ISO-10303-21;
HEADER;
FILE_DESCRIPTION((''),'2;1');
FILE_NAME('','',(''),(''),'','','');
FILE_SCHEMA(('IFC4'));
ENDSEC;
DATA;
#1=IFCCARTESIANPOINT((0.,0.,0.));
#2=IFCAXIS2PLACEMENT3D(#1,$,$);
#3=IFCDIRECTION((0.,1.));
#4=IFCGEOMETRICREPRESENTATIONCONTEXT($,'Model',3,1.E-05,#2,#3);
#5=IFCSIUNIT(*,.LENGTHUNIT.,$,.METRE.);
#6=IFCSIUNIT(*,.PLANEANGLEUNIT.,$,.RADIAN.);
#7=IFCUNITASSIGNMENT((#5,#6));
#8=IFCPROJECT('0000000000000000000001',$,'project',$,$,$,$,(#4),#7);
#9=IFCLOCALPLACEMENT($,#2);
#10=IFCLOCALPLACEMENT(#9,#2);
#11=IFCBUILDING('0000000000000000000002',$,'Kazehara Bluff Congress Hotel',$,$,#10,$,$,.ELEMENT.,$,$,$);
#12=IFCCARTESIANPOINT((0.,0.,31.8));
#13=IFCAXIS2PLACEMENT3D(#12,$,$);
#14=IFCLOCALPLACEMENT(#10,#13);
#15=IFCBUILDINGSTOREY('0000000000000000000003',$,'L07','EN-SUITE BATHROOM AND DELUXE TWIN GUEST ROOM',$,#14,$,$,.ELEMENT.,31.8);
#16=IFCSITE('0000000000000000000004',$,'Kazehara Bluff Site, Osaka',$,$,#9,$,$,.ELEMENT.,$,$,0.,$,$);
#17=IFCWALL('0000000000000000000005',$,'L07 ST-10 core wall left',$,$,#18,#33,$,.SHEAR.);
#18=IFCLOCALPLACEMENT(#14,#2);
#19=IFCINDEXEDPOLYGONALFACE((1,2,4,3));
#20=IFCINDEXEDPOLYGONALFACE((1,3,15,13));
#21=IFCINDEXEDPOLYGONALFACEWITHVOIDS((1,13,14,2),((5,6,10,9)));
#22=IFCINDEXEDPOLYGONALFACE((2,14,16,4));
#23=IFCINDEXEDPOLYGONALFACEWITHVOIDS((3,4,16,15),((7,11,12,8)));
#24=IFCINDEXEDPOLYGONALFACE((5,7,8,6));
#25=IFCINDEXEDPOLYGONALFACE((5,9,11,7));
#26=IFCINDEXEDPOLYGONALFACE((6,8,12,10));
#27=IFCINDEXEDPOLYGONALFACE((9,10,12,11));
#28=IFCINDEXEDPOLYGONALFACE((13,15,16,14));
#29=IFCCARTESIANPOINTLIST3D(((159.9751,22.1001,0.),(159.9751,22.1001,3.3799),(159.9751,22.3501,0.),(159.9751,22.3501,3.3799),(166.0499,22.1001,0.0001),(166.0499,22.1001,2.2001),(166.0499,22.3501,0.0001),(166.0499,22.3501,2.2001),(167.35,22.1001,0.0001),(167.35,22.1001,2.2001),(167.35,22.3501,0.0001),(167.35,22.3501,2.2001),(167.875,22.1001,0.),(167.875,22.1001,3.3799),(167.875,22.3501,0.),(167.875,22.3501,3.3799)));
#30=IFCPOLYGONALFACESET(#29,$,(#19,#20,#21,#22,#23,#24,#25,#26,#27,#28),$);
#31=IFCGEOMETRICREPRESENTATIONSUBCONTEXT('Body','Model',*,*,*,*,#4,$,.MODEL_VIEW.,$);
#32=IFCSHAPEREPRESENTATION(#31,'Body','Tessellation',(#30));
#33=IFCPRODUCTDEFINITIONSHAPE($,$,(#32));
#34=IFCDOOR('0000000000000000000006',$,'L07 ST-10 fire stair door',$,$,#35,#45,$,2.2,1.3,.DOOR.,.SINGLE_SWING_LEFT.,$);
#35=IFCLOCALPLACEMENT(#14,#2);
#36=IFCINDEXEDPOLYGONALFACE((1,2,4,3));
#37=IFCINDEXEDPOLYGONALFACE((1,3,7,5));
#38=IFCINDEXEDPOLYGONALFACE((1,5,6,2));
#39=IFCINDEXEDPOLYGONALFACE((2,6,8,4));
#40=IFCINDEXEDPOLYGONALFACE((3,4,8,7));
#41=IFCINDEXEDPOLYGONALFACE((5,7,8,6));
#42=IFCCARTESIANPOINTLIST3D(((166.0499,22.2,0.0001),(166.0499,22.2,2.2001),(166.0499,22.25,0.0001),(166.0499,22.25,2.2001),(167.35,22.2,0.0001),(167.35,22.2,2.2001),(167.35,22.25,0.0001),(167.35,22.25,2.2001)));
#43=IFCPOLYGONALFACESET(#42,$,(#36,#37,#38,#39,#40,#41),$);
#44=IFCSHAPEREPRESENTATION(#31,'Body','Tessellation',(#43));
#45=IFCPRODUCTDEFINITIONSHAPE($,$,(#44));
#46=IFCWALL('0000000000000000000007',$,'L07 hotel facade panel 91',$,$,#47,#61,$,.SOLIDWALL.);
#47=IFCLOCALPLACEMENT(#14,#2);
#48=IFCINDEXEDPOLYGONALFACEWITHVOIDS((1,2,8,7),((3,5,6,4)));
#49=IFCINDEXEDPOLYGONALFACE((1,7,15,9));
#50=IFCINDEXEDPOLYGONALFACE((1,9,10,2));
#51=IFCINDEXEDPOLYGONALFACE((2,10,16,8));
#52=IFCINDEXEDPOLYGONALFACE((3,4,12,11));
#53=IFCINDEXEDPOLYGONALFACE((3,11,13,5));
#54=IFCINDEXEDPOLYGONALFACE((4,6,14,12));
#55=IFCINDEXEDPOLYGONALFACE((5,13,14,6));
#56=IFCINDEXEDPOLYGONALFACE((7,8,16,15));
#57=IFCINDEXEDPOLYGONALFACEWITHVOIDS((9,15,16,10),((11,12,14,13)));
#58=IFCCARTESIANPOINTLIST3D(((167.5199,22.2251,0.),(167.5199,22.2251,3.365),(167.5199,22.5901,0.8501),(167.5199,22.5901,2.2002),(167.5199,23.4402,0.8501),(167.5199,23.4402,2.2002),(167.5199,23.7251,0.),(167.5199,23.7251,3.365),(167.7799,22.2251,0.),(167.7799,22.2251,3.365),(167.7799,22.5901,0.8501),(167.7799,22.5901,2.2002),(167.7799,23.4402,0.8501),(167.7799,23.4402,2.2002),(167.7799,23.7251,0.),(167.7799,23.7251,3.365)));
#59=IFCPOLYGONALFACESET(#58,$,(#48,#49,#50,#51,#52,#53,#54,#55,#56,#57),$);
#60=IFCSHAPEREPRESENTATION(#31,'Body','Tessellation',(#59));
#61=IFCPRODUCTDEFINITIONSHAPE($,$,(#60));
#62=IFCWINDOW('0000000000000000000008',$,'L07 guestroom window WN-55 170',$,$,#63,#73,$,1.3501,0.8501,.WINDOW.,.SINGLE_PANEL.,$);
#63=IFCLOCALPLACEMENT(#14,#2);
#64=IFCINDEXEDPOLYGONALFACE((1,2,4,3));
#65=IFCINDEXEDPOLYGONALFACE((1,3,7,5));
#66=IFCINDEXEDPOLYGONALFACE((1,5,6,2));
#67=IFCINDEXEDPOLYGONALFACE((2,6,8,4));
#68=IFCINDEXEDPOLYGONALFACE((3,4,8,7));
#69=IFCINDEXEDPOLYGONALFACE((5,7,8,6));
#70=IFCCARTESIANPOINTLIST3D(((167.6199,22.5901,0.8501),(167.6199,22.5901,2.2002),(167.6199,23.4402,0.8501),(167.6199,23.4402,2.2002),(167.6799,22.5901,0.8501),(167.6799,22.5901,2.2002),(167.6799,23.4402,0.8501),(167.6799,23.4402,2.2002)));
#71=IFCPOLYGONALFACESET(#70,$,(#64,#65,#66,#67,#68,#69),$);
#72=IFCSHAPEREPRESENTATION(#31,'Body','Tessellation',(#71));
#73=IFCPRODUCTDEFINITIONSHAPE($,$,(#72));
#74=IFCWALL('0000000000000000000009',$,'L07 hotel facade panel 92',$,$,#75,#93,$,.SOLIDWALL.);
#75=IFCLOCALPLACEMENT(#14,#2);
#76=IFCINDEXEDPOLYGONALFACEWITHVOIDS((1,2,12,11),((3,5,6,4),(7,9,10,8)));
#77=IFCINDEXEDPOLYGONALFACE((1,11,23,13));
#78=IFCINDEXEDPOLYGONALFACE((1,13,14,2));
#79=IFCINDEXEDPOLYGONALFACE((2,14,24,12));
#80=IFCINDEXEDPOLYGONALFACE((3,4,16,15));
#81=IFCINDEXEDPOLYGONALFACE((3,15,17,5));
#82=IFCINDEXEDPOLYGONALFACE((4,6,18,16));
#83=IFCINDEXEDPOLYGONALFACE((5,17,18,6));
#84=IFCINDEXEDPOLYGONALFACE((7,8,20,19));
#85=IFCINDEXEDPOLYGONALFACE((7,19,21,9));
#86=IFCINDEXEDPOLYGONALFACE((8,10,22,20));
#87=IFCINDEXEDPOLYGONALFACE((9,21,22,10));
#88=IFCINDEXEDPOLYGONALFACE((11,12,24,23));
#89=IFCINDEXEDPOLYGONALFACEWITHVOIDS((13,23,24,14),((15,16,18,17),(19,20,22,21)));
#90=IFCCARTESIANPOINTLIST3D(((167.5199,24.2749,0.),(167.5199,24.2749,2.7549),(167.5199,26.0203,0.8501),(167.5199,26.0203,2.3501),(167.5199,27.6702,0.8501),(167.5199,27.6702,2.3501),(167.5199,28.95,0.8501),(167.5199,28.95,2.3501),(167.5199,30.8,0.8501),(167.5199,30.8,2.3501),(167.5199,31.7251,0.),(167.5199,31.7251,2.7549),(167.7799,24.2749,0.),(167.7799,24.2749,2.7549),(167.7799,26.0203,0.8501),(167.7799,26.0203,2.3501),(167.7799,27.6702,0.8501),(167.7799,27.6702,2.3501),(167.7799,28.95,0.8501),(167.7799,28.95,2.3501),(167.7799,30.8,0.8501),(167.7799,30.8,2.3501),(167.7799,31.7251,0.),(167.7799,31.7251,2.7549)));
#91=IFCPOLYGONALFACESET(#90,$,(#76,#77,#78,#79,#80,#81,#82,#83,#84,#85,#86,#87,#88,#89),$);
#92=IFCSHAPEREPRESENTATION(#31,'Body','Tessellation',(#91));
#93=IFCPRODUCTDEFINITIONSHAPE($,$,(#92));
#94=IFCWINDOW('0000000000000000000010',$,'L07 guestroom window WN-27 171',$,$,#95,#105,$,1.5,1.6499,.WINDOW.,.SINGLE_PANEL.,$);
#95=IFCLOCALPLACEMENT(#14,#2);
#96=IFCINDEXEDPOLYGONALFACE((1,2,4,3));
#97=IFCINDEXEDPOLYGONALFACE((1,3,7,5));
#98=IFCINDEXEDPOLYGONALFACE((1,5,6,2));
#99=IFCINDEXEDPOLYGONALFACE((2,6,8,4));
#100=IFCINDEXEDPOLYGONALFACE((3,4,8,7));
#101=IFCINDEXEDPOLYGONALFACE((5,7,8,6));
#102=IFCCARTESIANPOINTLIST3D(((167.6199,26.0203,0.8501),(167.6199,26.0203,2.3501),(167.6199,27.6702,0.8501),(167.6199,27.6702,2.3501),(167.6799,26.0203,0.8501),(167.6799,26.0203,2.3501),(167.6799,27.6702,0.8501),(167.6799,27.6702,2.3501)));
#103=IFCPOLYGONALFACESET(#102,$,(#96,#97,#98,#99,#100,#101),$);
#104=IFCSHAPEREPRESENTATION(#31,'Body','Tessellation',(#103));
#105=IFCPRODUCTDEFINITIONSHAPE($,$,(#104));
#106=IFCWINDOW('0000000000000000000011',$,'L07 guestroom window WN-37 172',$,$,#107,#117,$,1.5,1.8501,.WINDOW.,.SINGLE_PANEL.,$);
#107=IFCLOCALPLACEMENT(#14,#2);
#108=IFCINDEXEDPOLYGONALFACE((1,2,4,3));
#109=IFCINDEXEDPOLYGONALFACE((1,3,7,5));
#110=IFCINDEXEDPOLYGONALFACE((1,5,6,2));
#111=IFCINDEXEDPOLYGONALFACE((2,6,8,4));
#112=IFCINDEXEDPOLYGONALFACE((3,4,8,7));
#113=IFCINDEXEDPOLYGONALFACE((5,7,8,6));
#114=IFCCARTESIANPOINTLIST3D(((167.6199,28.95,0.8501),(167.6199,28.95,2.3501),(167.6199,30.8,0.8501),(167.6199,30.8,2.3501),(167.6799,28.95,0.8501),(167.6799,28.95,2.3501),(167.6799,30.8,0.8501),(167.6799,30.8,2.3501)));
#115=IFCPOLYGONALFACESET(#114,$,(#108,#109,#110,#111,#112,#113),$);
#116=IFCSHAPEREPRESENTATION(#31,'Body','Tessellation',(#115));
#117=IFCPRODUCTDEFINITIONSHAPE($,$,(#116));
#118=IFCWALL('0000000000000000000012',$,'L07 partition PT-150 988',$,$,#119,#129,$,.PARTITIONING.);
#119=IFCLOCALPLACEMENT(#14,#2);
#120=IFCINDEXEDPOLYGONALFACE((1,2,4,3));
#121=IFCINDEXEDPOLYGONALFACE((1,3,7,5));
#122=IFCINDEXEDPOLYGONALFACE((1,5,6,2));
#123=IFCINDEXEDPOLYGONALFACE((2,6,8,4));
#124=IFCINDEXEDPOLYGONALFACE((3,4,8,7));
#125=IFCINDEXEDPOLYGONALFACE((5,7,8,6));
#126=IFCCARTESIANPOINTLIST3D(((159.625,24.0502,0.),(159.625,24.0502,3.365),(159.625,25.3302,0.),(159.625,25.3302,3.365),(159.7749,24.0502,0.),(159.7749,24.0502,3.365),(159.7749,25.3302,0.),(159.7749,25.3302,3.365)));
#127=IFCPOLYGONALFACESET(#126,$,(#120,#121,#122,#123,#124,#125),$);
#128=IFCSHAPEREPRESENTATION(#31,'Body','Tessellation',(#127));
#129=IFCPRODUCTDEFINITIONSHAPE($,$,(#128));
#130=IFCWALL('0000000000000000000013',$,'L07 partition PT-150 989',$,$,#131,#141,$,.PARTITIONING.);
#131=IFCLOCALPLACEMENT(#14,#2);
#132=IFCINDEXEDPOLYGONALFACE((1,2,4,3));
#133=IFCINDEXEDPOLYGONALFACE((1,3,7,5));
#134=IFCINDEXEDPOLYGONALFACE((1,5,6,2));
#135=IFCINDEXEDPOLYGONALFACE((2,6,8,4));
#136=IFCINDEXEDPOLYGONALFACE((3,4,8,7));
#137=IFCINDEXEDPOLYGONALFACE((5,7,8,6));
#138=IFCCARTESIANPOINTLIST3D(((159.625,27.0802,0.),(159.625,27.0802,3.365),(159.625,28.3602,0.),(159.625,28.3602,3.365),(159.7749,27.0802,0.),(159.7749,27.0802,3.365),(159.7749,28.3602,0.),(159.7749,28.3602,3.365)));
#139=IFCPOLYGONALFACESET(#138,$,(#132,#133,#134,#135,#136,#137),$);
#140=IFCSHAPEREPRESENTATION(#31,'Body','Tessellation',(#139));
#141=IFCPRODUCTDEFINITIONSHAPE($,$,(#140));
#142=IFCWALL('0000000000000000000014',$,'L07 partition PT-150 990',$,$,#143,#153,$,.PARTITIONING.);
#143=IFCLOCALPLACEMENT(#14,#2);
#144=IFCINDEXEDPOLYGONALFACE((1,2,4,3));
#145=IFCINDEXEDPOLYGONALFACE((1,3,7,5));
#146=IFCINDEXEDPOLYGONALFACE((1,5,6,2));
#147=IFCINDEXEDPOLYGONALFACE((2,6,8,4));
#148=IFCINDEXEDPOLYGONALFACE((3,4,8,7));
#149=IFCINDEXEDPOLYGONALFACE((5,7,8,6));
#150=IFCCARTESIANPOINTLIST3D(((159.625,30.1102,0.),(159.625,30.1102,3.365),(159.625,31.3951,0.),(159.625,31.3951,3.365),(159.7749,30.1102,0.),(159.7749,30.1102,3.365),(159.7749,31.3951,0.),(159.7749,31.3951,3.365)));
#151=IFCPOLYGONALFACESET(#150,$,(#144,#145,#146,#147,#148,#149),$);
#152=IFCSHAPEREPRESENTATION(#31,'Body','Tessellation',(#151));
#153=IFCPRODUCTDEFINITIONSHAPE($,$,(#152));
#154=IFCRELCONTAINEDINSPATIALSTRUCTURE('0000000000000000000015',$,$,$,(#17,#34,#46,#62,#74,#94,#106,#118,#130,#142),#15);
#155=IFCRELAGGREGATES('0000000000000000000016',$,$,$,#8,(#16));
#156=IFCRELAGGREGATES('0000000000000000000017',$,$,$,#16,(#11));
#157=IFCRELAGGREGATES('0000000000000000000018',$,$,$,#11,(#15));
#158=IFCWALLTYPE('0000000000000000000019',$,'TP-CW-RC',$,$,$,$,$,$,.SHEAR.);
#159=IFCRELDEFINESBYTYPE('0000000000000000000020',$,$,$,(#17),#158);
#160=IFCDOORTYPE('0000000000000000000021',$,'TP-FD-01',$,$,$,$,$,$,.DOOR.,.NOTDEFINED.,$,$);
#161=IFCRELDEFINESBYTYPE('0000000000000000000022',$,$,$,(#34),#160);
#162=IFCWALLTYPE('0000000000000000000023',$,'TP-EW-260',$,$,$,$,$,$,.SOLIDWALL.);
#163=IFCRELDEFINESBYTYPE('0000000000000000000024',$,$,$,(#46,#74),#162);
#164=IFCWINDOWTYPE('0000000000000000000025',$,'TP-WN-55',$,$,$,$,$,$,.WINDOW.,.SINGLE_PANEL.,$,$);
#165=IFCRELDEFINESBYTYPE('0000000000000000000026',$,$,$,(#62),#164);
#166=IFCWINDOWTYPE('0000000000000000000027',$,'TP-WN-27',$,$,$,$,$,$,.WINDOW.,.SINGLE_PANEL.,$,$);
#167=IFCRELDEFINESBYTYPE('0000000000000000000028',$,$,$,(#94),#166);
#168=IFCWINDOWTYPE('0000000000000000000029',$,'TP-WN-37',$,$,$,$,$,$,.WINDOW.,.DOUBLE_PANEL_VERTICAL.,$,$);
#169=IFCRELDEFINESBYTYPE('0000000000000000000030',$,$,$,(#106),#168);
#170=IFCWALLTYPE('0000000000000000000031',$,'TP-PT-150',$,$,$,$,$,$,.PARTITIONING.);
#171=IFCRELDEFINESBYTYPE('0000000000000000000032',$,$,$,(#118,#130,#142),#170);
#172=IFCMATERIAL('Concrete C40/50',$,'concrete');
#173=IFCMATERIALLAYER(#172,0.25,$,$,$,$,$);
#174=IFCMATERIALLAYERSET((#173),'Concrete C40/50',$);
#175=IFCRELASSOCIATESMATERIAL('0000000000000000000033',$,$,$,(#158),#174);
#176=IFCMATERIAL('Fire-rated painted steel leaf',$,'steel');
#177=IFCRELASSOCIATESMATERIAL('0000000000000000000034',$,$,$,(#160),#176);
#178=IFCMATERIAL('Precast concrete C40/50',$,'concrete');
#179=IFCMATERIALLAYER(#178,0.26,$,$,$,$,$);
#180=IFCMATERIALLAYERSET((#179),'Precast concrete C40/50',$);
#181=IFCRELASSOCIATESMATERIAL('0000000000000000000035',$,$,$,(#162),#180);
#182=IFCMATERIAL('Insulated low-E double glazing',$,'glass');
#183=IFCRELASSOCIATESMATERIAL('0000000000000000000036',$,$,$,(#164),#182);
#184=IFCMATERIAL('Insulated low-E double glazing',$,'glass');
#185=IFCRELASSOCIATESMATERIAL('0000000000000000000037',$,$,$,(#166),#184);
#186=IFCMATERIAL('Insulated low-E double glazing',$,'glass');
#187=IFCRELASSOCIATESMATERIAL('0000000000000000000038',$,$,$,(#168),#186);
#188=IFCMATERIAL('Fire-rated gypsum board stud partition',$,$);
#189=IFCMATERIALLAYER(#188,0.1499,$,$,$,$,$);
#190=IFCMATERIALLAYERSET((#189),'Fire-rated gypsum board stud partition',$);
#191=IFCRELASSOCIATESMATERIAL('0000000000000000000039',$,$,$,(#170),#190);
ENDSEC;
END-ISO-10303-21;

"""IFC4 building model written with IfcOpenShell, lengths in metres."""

from ifc_helpers import new_model, si_unit, direction, frame, frame_2d, origin, place, context, subcontext, project, spatial, rectangle, extrude, material, layer, layer_set, type_object, element, fill, save


model = new_model("IFC4")

# Units and contexts
model_context = context("Model", 3, precision=1e-05, world=origin(), true_north=direction((0.0, 1.0)))
body_context = subcontext(model_context, "Body", "Model", "MODEL_VIEW")
ifc_project = project(units=[si_unit("LENGTHUNIT", "METRE"), si_unit("PLANEANGLEUNIT", "RADIAN")], contexts=[model_context])

# Site, building, storey
site_placement = place(None, origin())
site = spatial("IfcSite", under=ifc_project, at=site_placement, Name="Kazehara Bluff Site, Osaka", CompositionType="ELEMENT", RefElevation=0.0)
building_placement = place(site_placement, origin())
building = spatial("IfcBuilding", under=site, at=building_placement, Name="Kazehara Bluff Congress Hotel", CompositionType="ELEMENT")
storey_placement = place(building_placement, frame((0.0, 0.0, 31.8)))
storey = spatial("IfcBuildingStorey", under=building, at=storey_placement, Name="L07", Description="EN-SUITE BATHROOM AND DELUXE TWIN GUEST ROOM", CompositionType="ELEMENT", Elevation=31.8)

# Shared definitions
ifc_material_1 = material(Name="Concrete C40/50", Category="concrete")
ifc_layer_1 = layer(ifc_material_1, 0.25)
ifc_layer_set_1 = layer_set([ifc_layer_1], Name="Concrete C40/50")
wall_type_1 = type_object("IfcWallType", Name="TP-CW-RC", PredefinedType="SHEAR", material=ifc_layer_set_1)

# Wall, opening, door
wall_1_placement = place(storey_placement, frame((159.9751, 22.2251, 0.0), z_axis=(0.0, 0.0, 1.0), x_axis=(1.0, 0.0, 0.0)))
wall_1 = element("IfcWall", 1, at=wall_1_placement, inside=storey, type_object=wall_type_1, Name="L07 ST-10 core wall left", PredefinedType="SHEAR", context=body_context, shape_type="SweptSolid", body=[
    extrude(rectangle(XDim=7.8999, YDim=0.25, at=frame_2d((3.95, 0.0))), origin(), (0.0, 0.0, 1.0), 3.3799),
])
opening_1_placement = place(wall_1_placement, frame((6.075, 0.0, 0.0)))
opening_1 = element("IfcOpeningElement", 2, at=opening_1_placement, cuts=wall_1, PredefinedType="OPENING", context=body_context, shape_type="SweptSolid", body=[
    extrude(rectangle(XDim=1.3, YDim=2.2, at=frame_2d((0.6499, 1.1001))), frame((0.0, 0.135, 0.0), z_axis=(0.0, -1.0, 0.0), x_axis=(1.0, 0.0, 0.0)), (0.0, 0.0, 1.0), 0.27),
])
ifc_material_2 = material(Name="Fire-rated painted steel leaf", Category="steel")
door_type = type_object("IfcDoorType", Name="TP-FD-01", OperationType="NOTDEFINED", PredefinedType="DOOR", material=ifc_material_2)
door_placement = place(opening_1_placement, origin())
door = element("IfcDoor", 3, at=door_placement, inside=storey, type_object=door_type, Name="L07 ST-10 fire stair door", OperationType="SINGLE_SWING_LEFT", OverallHeight=2.2, OverallWidth=1.3, PredefinedType="DOOR", context=body_context, shape_type="SweptSolid", body=[
    extrude(rectangle(XDim=1.3, YDim=2.2, at=frame_2d((0.6499, 1.1001))), frame((0.0, 0.0249, 0.0), z_axis=(0.0, -1.0, 0.0), x_axis=(1.0, 0.0, 0.0)), (0.0, 0.0, 1.0), 0.05),
])
fill(opening_1, door)

# Wall, opening, window
ifc_material_3 = material(Name="Precast concrete C40/50", Category="concrete")
ifc_layer_2 = layer(ifc_material_3, 0.26)
ifc_layer_set_2 = layer_set([ifc_layer_2], Name="Precast concrete C40/50")
wall_type_2 = type_object("IfcWallType", Name="TP-EW-260", PredefinedType="SOLIDWALL", material=ifc_layer_set_2)
wall_2_placement = place(storey_placement, frame((167.6499, 23.7251, 0.0), z_axis=(0.0, 0.0, 1.0), x_axis=(0.0, -1.0, 0.0)))
wall_2 = element("IfcWall", 4, at=wall_2_placement, inside=storey, type_object=wall_type_2, Name="L07 hotel facade panel 91", PredefinedType="SOLIDWALL", context=body_context, shape_type="SweptSolid", body=[
    extrude(rectangle(XDim=1.5, YDim=0.26, at=frame_2d((0.75, 0.0))), origin(), (0.0, 0.0, 1.0), 3.365),
])
opening_2_placement = place(wall_2_placement, frame((0.2849, 0.0, 0.8501)))
opening_2 = element("IfcOpeningElement", 5, at=opening_2_placement, cuts=wall_2, PredefinedType="OPENING", context=body_context, shape_type="SweptSolid", body=[
    extrude(rectangle(XDim=0.8501, YDim=1.3501, at=frame_2d((0.425, 0.675))), frame((0.0, 0.1399, 0.0), z_axis=(0.0, -1.0, 0.0), x_axis=(1.0, 0.0, 0.0)), (0.0, 0.0, 1.0), 0.28),
])
ifc_material_4 = material(Name="Insulated low-E double glazing", Category="glass")
window_type_1 = type_object("IfcWindowType", Name="TP-WN-55", PartitioningType="SINGLE_PANEL", PredefinedType="WINDOW", material=ifc_material_4)
window_1_placement = place(opening_2_placement, origin())
window_1 = element("IfcWindow", 6, at=window_1_placement, inside=storey, type_object=window_type_1, Name="L07 guestroom window WN-55 170", OverallHeight=1.3501, OverallWidth=0.8501, PartitioningType="SINGLE_PANEL", PredefinedType="WINDOW", context=body_context, shape_type="SweptSolid", body=[
    extrude(rectangle(XDim=0.8501, YDim=1.3501, at=frame_2d((0.425, 0.675))), frame((0.0, 0.03, 0.0), z_axis=(0.0, -1.0, 0.0), x_axis=(1.0, 0.0, 0.0)), (0.0, 0.0, 1.0), 0.0601),
])
fill(opening_2, window_1)

# Wall, openings, windows
wall_3_placement = place(storey_placement, frame((167.6499, 31.7251, 0.0), z_axis=(0.0, 0.0, 1.0), x_axis=(0.0, -1.0, 0.0)))
wall_3 = element("IfcWall", 7, at=wall_3_placement, inside=storey, type_object=wall_type_2, Name="L07 hotel facade panel 92", PredefinedType="SOLIDWALL", context=body_context, shape_type="SweptSolid", body=[
    extrude(rectangle(XDim=7.4502, YDim=0.26, at=frame_2d((3.7251, 0.0))), origin(), (0.0, 0.0, 1.0), 2.7549),
])
opening_3_placement = place(wall_3_placement, frame((4.0549, 0.0, 0.8501)))
opening_3 = element("IfcOpeningElement", 8, at=opening_3_placement, cuts=wall_3, PredefinedType="OPENING", context=body_context, shape_type="SweptSolid", body=[
    extrude(rectangle(XDim=1.6499, YDim=1.5, at=frame_2d((0.825, 0.75))), frame((0.0, 0.1399, 0.0), z_axis=(0.0, -1.0, 0.0), x_axis=(1.0, 0.0, 0.0)), (0.0, 0.0, 1.0), 0.28),
])
opening_4_placement = place(wall_3_placement, frame((0.925, 0.0, 0.8501)))
opening_4 = element("IfcOpeningElement", 9, at=opening_4_placement, cuts=wall_3, PredefinedType="OPENING", context=body_context, shape_type="SweptSolid", body=[
    extrude(rectangle(XDim=1.8501, YDim=1.5, at=frame_2d((0.925, 0.75))), frame((0.0, 0.1399, 0.0), z_axis=(0.0, -1.0, 0.0), x_axis=(1.0, 0.0, 0.0)), (0.0, 0.0, 1.0), 0.28),
])
ifc_material_5 = material(Name="Insulated low-E double glazing", Category="glass")
window_type_2 = type_object("IfcWindowType", Name="TP-WN-27", PartitioningType="SINGLE_PANEL", PredefinedType="WINDOW", material=ifc_material_5)
window_2_placement = place(opening_3_placement, origin())
window_2 = element("IfcWindow", 10, at=window_2_placement, inside=storey, type_object=window_type_2, Name="L07 guestroom window WN-27 171", OverallHeight=1.5, OverallWidth=1.6499, PartitioningType="SINGLE_PANEL", PredefinedType="WINDOW", context=body_context, shape_type="SweptSolid", body=[
    extrude(rectangle(XDim=1.6499, YDim=1.5, at=frame_2d((0.825, 0.75))), frame((0.0, 0.03, 0.0), z_axis=(0.0, -1.0, 0.0), x_axis=(1.0, 0.0, 0.0)), (0.0, 0.0, 1.0), 0.0601),
])
fill(opening_3, window_2)
ifc_material_6 = material(Name="Insulated low-E double glazing", Category="glass")
window_type_3 = type_object("IfcWindowType", Name="TP-WN-37", PartitioningType="DOUBLE_PANEL_VERTICAL", PredefinedType="WINDOW", material=ifc_material_6)
window_3_placement = place(opening_4_placement, origin())
window_3 = element("IfcWindow", 11, at=window_3_placement, inside=storey, type_object=window_type_3, Name="L07 guestroom window WN-37 172", OverallHeight=1.5, OverallWidth=1.8501, PartitioningType="SINGLE_PANEL", PredefinedType="WINDOW", context=body_context, shape_type="SweptSolid", body=[
    extrude(rectangle(XDim=1.8501, YDim=1.5, at=frame_2d((0.925, 0.75))), frame((0.0, 0.03, 0.0), z_axis=(0.0, -1.0, 0.0), x_axis=(1.0, 0.0, 0.0)), (0.0, 0.0, 1.0), 0.0601),
])
fill(opening_4, window_3)

# Walls
ifc_material_7 = material(Name="Fire-rated gypsum board stud partition")
ifc_layer_3 = layer(ifc_material_7, 0.1499)
ifc_layer_set_3 = layer_set([ifc_layer_3], Name="Fire-rated gypsum board stud partition")
wall_type_3 = type_object("IfcWallType", Name="TP-PT-150", PredefinedType="PARTITIONING", material=ifc_layer_set_3)
for number, where, z_axis, x_axis, name in (
    (12, (159.7, 24.05, 0.0), (0.0, 0.0, 1.0), (0.0, 1.0, 0.0), "L07 partition PT-150 988"),
    (13, (159.7, 27.0801, 0.0), (0.0, 0.0, 1.0), (0.0, 1.0, 0.0), "L07 partition PT-150 989"),
):
    element("IfcWall", number, at=place(storey_placement, frame(where, z_axis=z_axis, x_axis=x_axis)), inside=storey, type_object=wall_type_3, Name=name, PredefinedType="PARTITIONING", context=body_context, shape_type="SweptSolid", body=[
        extrude(rectangle(XDim=1.28, YDim=0.1499, at=frame_2d((0.6401, 0.0))), origin(), (0.0, 0.0, 1.0), 3.365),
    ])
wall_4_placement = place(storey_placement, frame((159.7, 30.1101, 0.0), z_axis=(0.0, 0.0, 1.0), x_axis=(0.0, 1.0, 0.0)))
element("IfcWall", 14, at=wall_4_placement, inside=storey, type_object=wall_type_3, Name="L07 partition PT-150 990", PredefinedType="PARTITIONING", context=body_context, shape_type="SweptSolid", body=[
    extrude(rectangle(XDim=1.2849, YDim=0.1499, at=frame_2d((0.6426, 0.0))), origin(), (0.0, 0.0, 1.0), 3.365),
])

save(model, "model.ifc")
